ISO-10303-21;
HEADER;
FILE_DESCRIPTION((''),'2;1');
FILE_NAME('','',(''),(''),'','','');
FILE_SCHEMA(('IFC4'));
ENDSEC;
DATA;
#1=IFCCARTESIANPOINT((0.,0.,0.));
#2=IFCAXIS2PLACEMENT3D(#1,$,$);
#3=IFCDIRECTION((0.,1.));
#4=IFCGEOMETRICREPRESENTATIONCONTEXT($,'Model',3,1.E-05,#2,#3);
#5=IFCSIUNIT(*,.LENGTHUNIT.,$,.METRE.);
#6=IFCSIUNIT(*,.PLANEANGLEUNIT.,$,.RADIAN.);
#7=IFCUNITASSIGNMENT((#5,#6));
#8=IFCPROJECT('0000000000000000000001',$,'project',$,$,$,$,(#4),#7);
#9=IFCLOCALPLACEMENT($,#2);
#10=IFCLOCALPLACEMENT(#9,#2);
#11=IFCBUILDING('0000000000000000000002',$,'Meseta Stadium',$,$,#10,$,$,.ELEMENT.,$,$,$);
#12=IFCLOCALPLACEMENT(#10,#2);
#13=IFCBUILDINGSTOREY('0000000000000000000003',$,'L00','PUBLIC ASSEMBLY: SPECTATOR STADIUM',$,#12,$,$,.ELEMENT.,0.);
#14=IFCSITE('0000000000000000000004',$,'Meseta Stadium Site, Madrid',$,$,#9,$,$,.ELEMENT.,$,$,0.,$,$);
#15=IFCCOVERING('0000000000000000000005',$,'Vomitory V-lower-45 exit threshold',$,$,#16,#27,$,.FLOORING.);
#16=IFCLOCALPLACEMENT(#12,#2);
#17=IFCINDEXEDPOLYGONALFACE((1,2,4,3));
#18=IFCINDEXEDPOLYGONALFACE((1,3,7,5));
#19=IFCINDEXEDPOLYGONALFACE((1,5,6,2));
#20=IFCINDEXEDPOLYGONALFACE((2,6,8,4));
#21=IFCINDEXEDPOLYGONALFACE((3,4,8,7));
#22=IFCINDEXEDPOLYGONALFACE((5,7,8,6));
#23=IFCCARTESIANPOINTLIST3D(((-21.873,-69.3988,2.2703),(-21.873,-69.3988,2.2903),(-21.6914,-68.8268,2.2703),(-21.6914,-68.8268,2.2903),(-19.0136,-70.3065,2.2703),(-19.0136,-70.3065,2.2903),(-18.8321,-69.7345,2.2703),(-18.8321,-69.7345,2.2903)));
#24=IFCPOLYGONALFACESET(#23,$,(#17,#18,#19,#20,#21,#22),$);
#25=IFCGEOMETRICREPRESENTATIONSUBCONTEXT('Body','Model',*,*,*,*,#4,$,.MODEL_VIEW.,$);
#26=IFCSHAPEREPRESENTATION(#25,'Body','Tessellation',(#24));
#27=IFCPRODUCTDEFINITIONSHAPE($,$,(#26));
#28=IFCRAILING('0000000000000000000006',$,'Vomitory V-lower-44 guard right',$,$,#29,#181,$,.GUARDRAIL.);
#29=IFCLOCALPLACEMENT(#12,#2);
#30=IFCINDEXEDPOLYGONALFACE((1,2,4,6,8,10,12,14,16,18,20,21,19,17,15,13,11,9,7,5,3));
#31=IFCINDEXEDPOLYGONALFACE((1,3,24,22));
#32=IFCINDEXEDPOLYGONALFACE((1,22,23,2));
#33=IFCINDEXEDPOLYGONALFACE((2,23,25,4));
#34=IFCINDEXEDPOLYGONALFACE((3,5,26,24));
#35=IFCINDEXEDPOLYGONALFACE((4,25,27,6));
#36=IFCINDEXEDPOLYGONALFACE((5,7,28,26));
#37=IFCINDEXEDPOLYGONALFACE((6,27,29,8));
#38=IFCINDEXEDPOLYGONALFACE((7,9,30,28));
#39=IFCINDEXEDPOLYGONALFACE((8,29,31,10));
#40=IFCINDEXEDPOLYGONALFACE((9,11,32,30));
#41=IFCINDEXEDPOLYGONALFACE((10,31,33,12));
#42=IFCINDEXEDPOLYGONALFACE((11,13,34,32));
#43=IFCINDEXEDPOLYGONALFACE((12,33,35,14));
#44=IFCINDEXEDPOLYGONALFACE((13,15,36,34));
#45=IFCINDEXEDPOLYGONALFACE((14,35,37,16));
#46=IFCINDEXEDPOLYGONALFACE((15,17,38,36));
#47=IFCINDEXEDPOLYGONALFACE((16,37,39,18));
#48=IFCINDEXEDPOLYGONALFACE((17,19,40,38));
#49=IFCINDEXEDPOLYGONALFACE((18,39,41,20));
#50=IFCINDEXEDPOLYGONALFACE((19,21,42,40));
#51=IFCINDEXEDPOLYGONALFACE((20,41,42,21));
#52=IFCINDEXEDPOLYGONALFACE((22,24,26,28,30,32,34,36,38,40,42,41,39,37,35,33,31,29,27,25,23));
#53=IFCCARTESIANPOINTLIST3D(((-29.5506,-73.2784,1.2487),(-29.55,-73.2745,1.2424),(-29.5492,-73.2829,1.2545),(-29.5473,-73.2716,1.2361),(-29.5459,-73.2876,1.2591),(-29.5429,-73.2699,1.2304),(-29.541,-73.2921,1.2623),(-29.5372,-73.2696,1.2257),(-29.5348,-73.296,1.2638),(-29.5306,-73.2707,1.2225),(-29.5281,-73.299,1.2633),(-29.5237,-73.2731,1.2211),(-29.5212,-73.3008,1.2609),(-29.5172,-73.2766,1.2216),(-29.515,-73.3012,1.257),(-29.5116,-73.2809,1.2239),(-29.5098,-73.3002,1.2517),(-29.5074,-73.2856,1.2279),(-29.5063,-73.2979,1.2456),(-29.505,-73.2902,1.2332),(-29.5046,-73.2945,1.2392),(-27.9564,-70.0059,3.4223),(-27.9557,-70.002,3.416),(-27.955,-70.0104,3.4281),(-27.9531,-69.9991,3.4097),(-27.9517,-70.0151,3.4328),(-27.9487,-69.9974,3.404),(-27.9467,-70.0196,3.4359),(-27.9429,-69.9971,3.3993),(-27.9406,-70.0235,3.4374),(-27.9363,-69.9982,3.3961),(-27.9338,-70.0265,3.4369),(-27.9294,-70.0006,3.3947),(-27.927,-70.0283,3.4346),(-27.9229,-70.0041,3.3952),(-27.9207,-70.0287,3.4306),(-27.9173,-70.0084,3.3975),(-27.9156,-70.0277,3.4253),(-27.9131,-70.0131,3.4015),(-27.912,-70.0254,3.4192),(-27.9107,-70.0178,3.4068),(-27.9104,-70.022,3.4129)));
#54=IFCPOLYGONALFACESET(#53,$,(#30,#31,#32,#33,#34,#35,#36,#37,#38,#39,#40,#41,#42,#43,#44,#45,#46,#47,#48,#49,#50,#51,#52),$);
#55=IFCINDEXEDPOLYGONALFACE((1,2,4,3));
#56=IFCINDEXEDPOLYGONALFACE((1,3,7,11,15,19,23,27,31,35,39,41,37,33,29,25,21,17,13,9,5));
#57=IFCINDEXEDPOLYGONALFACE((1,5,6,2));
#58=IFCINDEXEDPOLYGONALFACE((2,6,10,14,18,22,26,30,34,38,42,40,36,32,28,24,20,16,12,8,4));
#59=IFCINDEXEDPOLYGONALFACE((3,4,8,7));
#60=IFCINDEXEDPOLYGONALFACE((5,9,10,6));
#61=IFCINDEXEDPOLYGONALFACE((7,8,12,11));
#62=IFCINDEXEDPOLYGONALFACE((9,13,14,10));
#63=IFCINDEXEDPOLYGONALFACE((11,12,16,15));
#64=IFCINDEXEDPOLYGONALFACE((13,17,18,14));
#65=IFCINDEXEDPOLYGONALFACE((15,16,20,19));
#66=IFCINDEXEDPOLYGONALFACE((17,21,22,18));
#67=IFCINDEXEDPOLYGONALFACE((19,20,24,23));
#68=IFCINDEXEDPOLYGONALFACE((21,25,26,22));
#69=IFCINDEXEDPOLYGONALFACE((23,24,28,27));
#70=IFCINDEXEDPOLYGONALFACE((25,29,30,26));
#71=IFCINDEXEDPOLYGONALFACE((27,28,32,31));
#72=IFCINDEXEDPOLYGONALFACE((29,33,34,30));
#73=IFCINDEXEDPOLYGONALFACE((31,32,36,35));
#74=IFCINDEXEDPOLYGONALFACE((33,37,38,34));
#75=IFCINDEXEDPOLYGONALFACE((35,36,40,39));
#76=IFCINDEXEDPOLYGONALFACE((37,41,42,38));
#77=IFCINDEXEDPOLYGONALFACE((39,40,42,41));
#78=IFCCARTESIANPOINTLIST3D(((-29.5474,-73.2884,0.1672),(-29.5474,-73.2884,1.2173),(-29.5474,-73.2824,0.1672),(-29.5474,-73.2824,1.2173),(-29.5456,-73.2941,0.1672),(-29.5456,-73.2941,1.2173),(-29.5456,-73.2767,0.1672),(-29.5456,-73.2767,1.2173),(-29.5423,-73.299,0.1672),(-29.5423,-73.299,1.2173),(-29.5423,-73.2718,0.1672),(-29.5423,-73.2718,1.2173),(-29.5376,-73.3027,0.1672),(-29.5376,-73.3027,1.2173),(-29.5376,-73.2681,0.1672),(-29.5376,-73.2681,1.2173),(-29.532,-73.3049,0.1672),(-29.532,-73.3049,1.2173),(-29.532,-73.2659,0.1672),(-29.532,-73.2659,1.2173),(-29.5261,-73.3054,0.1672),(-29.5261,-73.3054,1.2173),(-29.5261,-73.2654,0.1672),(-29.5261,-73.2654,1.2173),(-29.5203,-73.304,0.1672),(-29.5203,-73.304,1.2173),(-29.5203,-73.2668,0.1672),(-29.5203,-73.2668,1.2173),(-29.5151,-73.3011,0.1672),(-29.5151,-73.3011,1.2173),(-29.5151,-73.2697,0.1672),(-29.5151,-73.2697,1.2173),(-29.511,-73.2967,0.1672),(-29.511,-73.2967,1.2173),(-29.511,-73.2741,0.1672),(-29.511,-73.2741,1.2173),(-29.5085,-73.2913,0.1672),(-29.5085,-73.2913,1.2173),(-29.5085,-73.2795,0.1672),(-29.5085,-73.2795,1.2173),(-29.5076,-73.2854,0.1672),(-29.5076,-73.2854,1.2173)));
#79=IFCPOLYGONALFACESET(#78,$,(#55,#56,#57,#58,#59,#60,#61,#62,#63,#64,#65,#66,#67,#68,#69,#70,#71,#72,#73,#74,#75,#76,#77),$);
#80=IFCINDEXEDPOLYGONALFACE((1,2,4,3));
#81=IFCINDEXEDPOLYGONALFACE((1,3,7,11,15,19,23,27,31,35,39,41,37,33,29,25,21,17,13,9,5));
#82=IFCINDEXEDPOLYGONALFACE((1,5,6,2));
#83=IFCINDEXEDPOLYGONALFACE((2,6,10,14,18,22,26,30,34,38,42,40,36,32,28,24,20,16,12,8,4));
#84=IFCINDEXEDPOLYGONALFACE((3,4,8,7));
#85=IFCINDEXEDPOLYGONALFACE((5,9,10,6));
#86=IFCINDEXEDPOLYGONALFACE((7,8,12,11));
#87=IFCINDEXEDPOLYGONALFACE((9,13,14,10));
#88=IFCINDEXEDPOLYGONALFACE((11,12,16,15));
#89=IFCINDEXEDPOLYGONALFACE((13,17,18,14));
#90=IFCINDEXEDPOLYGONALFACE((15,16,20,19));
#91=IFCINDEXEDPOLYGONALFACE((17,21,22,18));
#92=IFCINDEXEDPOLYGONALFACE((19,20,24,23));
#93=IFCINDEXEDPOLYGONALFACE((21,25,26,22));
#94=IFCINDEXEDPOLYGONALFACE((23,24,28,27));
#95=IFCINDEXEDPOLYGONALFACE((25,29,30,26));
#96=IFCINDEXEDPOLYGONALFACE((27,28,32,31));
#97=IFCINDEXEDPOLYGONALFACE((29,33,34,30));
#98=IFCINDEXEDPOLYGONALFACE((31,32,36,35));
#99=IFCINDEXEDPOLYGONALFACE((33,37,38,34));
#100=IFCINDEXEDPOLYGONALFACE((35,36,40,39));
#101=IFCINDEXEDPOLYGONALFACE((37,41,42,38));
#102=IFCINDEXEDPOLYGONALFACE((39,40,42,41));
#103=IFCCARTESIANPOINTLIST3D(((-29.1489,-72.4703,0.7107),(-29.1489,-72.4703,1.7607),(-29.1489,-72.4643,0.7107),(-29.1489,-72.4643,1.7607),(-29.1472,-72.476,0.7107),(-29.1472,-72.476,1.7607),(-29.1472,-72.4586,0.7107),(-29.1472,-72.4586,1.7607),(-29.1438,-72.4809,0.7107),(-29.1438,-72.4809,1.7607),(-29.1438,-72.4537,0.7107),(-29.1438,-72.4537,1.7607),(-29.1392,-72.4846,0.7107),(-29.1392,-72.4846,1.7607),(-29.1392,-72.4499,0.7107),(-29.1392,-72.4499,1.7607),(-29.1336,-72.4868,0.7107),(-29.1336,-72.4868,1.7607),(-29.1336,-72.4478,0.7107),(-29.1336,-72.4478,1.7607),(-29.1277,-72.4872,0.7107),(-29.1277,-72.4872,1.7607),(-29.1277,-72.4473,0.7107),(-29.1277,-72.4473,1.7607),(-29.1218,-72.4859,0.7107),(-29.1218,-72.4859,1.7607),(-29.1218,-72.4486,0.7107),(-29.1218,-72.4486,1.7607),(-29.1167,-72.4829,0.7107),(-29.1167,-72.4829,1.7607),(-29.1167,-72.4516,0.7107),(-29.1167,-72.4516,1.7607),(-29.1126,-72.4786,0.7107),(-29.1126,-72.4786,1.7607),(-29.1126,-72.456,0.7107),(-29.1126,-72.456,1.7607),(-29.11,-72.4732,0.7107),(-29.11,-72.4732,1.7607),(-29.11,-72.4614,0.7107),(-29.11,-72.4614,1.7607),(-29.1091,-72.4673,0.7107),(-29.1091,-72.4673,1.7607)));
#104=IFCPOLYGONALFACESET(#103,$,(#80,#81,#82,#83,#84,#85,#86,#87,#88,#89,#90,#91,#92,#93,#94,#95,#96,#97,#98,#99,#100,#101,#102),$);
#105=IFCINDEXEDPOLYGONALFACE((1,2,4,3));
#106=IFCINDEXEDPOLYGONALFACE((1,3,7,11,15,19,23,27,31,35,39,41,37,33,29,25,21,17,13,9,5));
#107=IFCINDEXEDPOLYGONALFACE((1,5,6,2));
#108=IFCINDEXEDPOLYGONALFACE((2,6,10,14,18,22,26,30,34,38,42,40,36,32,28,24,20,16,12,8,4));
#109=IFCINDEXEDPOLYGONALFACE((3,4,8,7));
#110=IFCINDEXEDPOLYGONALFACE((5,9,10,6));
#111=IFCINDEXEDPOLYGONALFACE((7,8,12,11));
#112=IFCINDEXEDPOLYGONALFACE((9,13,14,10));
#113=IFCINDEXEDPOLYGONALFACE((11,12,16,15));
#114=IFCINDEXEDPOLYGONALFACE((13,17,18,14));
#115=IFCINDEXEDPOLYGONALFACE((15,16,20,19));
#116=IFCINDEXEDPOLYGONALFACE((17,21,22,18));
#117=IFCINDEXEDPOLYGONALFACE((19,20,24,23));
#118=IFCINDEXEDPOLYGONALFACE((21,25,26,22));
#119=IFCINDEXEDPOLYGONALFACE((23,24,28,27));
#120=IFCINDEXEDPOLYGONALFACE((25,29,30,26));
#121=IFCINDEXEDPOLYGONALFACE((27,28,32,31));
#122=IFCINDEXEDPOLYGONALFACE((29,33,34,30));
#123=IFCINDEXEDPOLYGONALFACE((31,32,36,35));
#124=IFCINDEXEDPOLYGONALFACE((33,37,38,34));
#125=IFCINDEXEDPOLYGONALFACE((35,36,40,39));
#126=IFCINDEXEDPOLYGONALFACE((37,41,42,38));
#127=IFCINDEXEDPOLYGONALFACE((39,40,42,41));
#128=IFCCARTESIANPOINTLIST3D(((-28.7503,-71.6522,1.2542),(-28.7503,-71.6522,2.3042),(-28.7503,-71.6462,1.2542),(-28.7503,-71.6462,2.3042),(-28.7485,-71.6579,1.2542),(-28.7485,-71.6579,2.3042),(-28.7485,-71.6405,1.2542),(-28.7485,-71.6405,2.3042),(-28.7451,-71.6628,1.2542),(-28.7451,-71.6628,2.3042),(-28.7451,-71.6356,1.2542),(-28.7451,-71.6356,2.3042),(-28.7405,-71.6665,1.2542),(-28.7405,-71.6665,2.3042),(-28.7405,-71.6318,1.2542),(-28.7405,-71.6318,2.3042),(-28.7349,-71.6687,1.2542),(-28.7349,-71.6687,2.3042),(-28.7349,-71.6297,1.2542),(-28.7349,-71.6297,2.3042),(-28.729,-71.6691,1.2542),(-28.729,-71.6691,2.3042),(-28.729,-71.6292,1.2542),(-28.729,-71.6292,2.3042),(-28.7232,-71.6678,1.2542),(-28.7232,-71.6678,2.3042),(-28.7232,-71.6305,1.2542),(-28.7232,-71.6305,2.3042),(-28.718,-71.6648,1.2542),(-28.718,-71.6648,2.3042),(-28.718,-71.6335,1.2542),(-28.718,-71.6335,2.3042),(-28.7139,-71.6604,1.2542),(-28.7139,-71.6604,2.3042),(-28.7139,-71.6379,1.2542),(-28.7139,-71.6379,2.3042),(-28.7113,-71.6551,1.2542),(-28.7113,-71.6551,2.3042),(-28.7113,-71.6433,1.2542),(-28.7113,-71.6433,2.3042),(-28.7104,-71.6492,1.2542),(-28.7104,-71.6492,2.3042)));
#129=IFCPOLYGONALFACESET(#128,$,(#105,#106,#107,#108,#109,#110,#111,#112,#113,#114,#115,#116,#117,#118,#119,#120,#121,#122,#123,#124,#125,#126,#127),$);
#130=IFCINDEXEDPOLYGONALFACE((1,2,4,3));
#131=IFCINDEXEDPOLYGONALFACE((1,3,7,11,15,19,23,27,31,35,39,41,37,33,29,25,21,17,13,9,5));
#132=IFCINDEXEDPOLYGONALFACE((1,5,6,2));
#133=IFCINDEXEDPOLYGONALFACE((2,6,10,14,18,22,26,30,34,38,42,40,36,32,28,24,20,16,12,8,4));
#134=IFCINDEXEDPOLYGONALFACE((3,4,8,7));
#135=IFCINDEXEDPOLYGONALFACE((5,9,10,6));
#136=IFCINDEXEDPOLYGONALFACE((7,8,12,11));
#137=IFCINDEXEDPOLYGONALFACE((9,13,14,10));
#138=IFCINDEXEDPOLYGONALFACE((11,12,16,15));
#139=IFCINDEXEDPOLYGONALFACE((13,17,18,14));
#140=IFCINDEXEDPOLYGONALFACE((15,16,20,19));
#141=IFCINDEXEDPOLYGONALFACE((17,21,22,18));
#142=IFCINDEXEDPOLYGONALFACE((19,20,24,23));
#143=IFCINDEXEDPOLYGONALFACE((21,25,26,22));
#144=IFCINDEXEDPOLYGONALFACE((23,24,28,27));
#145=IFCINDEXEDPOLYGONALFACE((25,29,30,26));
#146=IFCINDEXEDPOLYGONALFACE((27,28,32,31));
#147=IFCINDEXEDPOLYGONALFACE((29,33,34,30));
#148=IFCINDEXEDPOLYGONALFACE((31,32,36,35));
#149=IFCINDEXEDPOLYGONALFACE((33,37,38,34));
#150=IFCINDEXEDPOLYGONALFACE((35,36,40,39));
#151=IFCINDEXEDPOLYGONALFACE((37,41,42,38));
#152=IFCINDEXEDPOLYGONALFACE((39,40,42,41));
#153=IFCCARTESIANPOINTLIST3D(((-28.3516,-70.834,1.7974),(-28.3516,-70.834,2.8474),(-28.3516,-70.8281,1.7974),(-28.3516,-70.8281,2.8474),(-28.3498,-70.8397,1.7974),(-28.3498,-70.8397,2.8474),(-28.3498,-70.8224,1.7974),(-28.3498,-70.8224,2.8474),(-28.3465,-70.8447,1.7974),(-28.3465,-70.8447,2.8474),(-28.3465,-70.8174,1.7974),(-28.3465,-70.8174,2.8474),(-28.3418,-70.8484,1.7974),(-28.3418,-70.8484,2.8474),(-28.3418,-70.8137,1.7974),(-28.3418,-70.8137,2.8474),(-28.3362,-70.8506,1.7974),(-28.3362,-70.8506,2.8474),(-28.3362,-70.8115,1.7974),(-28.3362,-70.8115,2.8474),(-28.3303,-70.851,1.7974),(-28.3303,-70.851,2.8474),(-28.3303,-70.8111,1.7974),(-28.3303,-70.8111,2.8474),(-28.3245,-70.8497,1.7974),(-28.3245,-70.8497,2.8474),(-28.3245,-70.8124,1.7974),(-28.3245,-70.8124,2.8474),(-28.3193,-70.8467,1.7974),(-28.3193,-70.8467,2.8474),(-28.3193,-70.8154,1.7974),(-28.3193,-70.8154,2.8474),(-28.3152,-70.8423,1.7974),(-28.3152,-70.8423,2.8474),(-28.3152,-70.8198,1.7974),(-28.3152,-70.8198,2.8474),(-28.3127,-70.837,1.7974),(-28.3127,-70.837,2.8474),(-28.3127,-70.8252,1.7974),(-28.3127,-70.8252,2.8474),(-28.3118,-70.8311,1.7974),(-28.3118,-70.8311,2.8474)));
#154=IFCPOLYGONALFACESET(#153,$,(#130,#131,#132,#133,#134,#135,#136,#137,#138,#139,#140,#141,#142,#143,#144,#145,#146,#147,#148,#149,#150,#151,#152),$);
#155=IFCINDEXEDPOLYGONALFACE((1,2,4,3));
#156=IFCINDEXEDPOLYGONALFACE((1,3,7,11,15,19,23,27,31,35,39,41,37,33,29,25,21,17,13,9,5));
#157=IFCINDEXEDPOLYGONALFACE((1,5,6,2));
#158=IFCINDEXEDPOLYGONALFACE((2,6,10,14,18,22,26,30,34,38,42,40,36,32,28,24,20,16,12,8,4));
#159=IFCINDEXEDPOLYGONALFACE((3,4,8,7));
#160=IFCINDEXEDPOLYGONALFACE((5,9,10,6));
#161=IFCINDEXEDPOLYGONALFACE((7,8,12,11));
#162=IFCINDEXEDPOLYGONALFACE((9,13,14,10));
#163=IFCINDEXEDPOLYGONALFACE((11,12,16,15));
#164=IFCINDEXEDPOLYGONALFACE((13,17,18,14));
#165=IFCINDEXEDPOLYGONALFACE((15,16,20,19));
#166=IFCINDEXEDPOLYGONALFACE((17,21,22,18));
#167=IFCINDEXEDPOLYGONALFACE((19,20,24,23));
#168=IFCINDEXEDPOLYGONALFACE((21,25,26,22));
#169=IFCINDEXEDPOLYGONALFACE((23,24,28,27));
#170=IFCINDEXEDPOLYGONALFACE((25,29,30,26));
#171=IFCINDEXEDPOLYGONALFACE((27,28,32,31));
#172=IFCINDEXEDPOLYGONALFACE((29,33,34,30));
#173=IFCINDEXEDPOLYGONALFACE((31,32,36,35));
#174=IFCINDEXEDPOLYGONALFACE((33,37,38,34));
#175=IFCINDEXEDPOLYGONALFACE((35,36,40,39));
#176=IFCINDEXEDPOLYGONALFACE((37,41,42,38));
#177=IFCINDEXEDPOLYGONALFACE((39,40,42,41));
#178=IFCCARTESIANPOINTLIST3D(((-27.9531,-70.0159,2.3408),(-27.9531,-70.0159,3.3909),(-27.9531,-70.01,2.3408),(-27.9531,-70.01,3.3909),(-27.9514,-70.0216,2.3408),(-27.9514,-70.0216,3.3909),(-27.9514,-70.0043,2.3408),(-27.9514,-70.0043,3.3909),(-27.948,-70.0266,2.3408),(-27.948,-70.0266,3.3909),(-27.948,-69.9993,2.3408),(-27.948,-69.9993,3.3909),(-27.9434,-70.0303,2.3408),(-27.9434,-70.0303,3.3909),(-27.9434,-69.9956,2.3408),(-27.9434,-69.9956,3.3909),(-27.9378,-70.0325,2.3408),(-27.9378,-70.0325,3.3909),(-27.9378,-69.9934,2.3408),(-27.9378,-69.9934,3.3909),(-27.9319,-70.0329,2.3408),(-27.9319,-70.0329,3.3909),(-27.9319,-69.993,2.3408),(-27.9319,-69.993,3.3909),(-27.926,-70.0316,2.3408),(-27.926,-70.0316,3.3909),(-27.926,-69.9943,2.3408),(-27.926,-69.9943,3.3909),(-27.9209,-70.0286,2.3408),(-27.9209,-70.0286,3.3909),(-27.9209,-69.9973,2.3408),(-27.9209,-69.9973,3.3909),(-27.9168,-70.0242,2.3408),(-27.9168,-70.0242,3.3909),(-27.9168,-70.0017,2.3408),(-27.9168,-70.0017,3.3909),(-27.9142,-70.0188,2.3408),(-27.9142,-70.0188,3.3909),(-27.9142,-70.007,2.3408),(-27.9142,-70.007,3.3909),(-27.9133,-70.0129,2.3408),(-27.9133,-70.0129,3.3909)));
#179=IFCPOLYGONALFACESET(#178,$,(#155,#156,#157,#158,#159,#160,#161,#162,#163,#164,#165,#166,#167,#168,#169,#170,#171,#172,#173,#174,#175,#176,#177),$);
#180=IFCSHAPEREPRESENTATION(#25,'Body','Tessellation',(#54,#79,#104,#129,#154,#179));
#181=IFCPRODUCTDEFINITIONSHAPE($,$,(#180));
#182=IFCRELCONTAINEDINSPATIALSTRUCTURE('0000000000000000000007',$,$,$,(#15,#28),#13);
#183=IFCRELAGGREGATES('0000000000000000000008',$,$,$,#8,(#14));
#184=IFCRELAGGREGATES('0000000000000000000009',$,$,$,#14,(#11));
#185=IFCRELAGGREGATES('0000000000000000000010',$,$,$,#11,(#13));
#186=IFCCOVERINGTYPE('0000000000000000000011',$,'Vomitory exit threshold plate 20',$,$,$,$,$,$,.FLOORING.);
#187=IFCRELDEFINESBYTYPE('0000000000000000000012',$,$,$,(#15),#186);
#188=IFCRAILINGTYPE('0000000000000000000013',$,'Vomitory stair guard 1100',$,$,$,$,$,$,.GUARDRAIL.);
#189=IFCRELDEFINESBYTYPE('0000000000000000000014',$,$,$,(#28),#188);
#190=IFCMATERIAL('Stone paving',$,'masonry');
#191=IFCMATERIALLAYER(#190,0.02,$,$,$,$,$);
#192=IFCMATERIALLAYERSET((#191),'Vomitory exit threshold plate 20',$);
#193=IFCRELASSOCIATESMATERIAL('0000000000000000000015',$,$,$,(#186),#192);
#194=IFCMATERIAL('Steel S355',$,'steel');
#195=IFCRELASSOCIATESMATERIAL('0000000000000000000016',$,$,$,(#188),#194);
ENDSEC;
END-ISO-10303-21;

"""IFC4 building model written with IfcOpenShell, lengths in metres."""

from ifc_helpers import new_model, si_unit, direction, frame, origin, origin_2d, place, context, subcontext, project, spatial, rectangle, circle, extrude, material, layer, layer_set, type_object, element, save


model = new_model("IFC4")

# Units and contexts
model_context = context("Model", 3, precision=1e-05, world=origin(), true_north=direction((0.0, 1.0)))
body_context = subcontext(model_context, "Body", "Model", "MODEL_VIEW")
ifc_project = project(units=[si_unit("LENGTHUNIT", "METRE"), si_unit("PLANEANGLEUNIT", "RADIAN")], contexts=[model_context])

# Site, building, storey
site_placement = place(None, origin())
site = spatial("IfcSite", under=ifc_project, at=site_placement, Name="Meseta Stadium Site, Madrid", CompositionType="ELEMENT", RefElevation=0.0)
building_placement = place(site_placement, origin())
building = spatial("IfcBuilding", under=site, at=building_placement, Name="Meseta Stadium", CompositionType="ELEMENT")
storey_placement = place(building_placement, origin())
storey = spatial("IfcBuildingStorey", under=building, at=storey_placement, Name="L00", Description="PUBLIC ASSEMBLY: SPECTATOR STADIUM", CompositionType="ELEMENT", Elevation=0.0)

# Covering
ifc_material_1 = material(Name="Stone paving", Category="masonry")
ifc_layer = layer(ifc_material_1, 0.02)
ifc_layer_set = layer_set([ifc_layer], Name="Vomitory exit threshold plate 20")
covering_type = type_object("IfcCoveringType", Name="Vomitory exit threshold plate 20", PredefinedType="FLOORING", material=ifc_layer_set)
for number, where, z_axis, x_axis, name in (
    (1, (-20.3525, -69.5667, 2.2703), (0.0, 0.0, 1.0), (0.30258, 0.953124, 0.0), "Vomitory V-lower-45 exit threshold"),
):
    element("IfcCovering", number, at=place(storey_placement, frame(where, z_axis=z_axis, x_axis=x_axis)), inside=storey, type_object=covering_type, Name=name, PredefinedType="FLOORING", context=body_context, shape_type="SweptSolid", body=[
        extrude(rectangle(XDim=0.6001, YDim=3.0, at=origin_2d()), origin(), (0.0, 0.0, 1.0), 0.02),
    ])

# Railing
ifc_material_2 = material(Name="Steel S355", Category="steel")
railing_type_1 = type_object("IfcRailingType", Name="Vomitory stair guard 1100", PredefinedType="GUARDRAIL", material=ifc_material_2)
railing_1_placement = place(storey_placement, frame((-29.5276, -73.2854, 0.1672)))
element("IfcRailing", 2, at=railing_1_placement, inside=storey, type_object=railing_type_1, Name="Vomitory V-lower-44 guard right", PredefinedType="GUARDRAIL", context=body_context, shape_type="SweptSolid", body=[
    extrude(circle(Radius=0.0249, at=origin_2d()), frame((0.0, 0.0, 1.0752), z_axis=(0.376026, 0.771861, 0.512674), x_axis=(-0.898994, 0.437961, 0.0)), (0.0, 0.0, 1.0), 4.2397),
    extrude(circle(Radius=0.02, at=origin_2d()), origin(), (0.0, 0.0, 1.0), 1.05),
    extrude(circle(Radius=0.02, at=origin_2d()), frame((0.3984, 0.8181, 0.5435)), (0.0, 0.0, 1.0), 1.05),
    extrude(circle(Radius=0.02, at=origin_2d()), frame((0.7971, 1.6362, 1.0869)), (0.0, 0.0, 1.0), 1.05),
    extrude(circle(Radius=0.02, at=origin_2d()), frame((1.1958, 2.4543, 1.6301)), (0.0, 0.0, 1.0), 1.05),
    extrude(circle(Radius=0.02, at=origin_2d()), frame((1.5942, 3.2725, 2.1736)), (0.0, 0.0, 1.0), 1.05),
])

save(model, "model.ifc")
